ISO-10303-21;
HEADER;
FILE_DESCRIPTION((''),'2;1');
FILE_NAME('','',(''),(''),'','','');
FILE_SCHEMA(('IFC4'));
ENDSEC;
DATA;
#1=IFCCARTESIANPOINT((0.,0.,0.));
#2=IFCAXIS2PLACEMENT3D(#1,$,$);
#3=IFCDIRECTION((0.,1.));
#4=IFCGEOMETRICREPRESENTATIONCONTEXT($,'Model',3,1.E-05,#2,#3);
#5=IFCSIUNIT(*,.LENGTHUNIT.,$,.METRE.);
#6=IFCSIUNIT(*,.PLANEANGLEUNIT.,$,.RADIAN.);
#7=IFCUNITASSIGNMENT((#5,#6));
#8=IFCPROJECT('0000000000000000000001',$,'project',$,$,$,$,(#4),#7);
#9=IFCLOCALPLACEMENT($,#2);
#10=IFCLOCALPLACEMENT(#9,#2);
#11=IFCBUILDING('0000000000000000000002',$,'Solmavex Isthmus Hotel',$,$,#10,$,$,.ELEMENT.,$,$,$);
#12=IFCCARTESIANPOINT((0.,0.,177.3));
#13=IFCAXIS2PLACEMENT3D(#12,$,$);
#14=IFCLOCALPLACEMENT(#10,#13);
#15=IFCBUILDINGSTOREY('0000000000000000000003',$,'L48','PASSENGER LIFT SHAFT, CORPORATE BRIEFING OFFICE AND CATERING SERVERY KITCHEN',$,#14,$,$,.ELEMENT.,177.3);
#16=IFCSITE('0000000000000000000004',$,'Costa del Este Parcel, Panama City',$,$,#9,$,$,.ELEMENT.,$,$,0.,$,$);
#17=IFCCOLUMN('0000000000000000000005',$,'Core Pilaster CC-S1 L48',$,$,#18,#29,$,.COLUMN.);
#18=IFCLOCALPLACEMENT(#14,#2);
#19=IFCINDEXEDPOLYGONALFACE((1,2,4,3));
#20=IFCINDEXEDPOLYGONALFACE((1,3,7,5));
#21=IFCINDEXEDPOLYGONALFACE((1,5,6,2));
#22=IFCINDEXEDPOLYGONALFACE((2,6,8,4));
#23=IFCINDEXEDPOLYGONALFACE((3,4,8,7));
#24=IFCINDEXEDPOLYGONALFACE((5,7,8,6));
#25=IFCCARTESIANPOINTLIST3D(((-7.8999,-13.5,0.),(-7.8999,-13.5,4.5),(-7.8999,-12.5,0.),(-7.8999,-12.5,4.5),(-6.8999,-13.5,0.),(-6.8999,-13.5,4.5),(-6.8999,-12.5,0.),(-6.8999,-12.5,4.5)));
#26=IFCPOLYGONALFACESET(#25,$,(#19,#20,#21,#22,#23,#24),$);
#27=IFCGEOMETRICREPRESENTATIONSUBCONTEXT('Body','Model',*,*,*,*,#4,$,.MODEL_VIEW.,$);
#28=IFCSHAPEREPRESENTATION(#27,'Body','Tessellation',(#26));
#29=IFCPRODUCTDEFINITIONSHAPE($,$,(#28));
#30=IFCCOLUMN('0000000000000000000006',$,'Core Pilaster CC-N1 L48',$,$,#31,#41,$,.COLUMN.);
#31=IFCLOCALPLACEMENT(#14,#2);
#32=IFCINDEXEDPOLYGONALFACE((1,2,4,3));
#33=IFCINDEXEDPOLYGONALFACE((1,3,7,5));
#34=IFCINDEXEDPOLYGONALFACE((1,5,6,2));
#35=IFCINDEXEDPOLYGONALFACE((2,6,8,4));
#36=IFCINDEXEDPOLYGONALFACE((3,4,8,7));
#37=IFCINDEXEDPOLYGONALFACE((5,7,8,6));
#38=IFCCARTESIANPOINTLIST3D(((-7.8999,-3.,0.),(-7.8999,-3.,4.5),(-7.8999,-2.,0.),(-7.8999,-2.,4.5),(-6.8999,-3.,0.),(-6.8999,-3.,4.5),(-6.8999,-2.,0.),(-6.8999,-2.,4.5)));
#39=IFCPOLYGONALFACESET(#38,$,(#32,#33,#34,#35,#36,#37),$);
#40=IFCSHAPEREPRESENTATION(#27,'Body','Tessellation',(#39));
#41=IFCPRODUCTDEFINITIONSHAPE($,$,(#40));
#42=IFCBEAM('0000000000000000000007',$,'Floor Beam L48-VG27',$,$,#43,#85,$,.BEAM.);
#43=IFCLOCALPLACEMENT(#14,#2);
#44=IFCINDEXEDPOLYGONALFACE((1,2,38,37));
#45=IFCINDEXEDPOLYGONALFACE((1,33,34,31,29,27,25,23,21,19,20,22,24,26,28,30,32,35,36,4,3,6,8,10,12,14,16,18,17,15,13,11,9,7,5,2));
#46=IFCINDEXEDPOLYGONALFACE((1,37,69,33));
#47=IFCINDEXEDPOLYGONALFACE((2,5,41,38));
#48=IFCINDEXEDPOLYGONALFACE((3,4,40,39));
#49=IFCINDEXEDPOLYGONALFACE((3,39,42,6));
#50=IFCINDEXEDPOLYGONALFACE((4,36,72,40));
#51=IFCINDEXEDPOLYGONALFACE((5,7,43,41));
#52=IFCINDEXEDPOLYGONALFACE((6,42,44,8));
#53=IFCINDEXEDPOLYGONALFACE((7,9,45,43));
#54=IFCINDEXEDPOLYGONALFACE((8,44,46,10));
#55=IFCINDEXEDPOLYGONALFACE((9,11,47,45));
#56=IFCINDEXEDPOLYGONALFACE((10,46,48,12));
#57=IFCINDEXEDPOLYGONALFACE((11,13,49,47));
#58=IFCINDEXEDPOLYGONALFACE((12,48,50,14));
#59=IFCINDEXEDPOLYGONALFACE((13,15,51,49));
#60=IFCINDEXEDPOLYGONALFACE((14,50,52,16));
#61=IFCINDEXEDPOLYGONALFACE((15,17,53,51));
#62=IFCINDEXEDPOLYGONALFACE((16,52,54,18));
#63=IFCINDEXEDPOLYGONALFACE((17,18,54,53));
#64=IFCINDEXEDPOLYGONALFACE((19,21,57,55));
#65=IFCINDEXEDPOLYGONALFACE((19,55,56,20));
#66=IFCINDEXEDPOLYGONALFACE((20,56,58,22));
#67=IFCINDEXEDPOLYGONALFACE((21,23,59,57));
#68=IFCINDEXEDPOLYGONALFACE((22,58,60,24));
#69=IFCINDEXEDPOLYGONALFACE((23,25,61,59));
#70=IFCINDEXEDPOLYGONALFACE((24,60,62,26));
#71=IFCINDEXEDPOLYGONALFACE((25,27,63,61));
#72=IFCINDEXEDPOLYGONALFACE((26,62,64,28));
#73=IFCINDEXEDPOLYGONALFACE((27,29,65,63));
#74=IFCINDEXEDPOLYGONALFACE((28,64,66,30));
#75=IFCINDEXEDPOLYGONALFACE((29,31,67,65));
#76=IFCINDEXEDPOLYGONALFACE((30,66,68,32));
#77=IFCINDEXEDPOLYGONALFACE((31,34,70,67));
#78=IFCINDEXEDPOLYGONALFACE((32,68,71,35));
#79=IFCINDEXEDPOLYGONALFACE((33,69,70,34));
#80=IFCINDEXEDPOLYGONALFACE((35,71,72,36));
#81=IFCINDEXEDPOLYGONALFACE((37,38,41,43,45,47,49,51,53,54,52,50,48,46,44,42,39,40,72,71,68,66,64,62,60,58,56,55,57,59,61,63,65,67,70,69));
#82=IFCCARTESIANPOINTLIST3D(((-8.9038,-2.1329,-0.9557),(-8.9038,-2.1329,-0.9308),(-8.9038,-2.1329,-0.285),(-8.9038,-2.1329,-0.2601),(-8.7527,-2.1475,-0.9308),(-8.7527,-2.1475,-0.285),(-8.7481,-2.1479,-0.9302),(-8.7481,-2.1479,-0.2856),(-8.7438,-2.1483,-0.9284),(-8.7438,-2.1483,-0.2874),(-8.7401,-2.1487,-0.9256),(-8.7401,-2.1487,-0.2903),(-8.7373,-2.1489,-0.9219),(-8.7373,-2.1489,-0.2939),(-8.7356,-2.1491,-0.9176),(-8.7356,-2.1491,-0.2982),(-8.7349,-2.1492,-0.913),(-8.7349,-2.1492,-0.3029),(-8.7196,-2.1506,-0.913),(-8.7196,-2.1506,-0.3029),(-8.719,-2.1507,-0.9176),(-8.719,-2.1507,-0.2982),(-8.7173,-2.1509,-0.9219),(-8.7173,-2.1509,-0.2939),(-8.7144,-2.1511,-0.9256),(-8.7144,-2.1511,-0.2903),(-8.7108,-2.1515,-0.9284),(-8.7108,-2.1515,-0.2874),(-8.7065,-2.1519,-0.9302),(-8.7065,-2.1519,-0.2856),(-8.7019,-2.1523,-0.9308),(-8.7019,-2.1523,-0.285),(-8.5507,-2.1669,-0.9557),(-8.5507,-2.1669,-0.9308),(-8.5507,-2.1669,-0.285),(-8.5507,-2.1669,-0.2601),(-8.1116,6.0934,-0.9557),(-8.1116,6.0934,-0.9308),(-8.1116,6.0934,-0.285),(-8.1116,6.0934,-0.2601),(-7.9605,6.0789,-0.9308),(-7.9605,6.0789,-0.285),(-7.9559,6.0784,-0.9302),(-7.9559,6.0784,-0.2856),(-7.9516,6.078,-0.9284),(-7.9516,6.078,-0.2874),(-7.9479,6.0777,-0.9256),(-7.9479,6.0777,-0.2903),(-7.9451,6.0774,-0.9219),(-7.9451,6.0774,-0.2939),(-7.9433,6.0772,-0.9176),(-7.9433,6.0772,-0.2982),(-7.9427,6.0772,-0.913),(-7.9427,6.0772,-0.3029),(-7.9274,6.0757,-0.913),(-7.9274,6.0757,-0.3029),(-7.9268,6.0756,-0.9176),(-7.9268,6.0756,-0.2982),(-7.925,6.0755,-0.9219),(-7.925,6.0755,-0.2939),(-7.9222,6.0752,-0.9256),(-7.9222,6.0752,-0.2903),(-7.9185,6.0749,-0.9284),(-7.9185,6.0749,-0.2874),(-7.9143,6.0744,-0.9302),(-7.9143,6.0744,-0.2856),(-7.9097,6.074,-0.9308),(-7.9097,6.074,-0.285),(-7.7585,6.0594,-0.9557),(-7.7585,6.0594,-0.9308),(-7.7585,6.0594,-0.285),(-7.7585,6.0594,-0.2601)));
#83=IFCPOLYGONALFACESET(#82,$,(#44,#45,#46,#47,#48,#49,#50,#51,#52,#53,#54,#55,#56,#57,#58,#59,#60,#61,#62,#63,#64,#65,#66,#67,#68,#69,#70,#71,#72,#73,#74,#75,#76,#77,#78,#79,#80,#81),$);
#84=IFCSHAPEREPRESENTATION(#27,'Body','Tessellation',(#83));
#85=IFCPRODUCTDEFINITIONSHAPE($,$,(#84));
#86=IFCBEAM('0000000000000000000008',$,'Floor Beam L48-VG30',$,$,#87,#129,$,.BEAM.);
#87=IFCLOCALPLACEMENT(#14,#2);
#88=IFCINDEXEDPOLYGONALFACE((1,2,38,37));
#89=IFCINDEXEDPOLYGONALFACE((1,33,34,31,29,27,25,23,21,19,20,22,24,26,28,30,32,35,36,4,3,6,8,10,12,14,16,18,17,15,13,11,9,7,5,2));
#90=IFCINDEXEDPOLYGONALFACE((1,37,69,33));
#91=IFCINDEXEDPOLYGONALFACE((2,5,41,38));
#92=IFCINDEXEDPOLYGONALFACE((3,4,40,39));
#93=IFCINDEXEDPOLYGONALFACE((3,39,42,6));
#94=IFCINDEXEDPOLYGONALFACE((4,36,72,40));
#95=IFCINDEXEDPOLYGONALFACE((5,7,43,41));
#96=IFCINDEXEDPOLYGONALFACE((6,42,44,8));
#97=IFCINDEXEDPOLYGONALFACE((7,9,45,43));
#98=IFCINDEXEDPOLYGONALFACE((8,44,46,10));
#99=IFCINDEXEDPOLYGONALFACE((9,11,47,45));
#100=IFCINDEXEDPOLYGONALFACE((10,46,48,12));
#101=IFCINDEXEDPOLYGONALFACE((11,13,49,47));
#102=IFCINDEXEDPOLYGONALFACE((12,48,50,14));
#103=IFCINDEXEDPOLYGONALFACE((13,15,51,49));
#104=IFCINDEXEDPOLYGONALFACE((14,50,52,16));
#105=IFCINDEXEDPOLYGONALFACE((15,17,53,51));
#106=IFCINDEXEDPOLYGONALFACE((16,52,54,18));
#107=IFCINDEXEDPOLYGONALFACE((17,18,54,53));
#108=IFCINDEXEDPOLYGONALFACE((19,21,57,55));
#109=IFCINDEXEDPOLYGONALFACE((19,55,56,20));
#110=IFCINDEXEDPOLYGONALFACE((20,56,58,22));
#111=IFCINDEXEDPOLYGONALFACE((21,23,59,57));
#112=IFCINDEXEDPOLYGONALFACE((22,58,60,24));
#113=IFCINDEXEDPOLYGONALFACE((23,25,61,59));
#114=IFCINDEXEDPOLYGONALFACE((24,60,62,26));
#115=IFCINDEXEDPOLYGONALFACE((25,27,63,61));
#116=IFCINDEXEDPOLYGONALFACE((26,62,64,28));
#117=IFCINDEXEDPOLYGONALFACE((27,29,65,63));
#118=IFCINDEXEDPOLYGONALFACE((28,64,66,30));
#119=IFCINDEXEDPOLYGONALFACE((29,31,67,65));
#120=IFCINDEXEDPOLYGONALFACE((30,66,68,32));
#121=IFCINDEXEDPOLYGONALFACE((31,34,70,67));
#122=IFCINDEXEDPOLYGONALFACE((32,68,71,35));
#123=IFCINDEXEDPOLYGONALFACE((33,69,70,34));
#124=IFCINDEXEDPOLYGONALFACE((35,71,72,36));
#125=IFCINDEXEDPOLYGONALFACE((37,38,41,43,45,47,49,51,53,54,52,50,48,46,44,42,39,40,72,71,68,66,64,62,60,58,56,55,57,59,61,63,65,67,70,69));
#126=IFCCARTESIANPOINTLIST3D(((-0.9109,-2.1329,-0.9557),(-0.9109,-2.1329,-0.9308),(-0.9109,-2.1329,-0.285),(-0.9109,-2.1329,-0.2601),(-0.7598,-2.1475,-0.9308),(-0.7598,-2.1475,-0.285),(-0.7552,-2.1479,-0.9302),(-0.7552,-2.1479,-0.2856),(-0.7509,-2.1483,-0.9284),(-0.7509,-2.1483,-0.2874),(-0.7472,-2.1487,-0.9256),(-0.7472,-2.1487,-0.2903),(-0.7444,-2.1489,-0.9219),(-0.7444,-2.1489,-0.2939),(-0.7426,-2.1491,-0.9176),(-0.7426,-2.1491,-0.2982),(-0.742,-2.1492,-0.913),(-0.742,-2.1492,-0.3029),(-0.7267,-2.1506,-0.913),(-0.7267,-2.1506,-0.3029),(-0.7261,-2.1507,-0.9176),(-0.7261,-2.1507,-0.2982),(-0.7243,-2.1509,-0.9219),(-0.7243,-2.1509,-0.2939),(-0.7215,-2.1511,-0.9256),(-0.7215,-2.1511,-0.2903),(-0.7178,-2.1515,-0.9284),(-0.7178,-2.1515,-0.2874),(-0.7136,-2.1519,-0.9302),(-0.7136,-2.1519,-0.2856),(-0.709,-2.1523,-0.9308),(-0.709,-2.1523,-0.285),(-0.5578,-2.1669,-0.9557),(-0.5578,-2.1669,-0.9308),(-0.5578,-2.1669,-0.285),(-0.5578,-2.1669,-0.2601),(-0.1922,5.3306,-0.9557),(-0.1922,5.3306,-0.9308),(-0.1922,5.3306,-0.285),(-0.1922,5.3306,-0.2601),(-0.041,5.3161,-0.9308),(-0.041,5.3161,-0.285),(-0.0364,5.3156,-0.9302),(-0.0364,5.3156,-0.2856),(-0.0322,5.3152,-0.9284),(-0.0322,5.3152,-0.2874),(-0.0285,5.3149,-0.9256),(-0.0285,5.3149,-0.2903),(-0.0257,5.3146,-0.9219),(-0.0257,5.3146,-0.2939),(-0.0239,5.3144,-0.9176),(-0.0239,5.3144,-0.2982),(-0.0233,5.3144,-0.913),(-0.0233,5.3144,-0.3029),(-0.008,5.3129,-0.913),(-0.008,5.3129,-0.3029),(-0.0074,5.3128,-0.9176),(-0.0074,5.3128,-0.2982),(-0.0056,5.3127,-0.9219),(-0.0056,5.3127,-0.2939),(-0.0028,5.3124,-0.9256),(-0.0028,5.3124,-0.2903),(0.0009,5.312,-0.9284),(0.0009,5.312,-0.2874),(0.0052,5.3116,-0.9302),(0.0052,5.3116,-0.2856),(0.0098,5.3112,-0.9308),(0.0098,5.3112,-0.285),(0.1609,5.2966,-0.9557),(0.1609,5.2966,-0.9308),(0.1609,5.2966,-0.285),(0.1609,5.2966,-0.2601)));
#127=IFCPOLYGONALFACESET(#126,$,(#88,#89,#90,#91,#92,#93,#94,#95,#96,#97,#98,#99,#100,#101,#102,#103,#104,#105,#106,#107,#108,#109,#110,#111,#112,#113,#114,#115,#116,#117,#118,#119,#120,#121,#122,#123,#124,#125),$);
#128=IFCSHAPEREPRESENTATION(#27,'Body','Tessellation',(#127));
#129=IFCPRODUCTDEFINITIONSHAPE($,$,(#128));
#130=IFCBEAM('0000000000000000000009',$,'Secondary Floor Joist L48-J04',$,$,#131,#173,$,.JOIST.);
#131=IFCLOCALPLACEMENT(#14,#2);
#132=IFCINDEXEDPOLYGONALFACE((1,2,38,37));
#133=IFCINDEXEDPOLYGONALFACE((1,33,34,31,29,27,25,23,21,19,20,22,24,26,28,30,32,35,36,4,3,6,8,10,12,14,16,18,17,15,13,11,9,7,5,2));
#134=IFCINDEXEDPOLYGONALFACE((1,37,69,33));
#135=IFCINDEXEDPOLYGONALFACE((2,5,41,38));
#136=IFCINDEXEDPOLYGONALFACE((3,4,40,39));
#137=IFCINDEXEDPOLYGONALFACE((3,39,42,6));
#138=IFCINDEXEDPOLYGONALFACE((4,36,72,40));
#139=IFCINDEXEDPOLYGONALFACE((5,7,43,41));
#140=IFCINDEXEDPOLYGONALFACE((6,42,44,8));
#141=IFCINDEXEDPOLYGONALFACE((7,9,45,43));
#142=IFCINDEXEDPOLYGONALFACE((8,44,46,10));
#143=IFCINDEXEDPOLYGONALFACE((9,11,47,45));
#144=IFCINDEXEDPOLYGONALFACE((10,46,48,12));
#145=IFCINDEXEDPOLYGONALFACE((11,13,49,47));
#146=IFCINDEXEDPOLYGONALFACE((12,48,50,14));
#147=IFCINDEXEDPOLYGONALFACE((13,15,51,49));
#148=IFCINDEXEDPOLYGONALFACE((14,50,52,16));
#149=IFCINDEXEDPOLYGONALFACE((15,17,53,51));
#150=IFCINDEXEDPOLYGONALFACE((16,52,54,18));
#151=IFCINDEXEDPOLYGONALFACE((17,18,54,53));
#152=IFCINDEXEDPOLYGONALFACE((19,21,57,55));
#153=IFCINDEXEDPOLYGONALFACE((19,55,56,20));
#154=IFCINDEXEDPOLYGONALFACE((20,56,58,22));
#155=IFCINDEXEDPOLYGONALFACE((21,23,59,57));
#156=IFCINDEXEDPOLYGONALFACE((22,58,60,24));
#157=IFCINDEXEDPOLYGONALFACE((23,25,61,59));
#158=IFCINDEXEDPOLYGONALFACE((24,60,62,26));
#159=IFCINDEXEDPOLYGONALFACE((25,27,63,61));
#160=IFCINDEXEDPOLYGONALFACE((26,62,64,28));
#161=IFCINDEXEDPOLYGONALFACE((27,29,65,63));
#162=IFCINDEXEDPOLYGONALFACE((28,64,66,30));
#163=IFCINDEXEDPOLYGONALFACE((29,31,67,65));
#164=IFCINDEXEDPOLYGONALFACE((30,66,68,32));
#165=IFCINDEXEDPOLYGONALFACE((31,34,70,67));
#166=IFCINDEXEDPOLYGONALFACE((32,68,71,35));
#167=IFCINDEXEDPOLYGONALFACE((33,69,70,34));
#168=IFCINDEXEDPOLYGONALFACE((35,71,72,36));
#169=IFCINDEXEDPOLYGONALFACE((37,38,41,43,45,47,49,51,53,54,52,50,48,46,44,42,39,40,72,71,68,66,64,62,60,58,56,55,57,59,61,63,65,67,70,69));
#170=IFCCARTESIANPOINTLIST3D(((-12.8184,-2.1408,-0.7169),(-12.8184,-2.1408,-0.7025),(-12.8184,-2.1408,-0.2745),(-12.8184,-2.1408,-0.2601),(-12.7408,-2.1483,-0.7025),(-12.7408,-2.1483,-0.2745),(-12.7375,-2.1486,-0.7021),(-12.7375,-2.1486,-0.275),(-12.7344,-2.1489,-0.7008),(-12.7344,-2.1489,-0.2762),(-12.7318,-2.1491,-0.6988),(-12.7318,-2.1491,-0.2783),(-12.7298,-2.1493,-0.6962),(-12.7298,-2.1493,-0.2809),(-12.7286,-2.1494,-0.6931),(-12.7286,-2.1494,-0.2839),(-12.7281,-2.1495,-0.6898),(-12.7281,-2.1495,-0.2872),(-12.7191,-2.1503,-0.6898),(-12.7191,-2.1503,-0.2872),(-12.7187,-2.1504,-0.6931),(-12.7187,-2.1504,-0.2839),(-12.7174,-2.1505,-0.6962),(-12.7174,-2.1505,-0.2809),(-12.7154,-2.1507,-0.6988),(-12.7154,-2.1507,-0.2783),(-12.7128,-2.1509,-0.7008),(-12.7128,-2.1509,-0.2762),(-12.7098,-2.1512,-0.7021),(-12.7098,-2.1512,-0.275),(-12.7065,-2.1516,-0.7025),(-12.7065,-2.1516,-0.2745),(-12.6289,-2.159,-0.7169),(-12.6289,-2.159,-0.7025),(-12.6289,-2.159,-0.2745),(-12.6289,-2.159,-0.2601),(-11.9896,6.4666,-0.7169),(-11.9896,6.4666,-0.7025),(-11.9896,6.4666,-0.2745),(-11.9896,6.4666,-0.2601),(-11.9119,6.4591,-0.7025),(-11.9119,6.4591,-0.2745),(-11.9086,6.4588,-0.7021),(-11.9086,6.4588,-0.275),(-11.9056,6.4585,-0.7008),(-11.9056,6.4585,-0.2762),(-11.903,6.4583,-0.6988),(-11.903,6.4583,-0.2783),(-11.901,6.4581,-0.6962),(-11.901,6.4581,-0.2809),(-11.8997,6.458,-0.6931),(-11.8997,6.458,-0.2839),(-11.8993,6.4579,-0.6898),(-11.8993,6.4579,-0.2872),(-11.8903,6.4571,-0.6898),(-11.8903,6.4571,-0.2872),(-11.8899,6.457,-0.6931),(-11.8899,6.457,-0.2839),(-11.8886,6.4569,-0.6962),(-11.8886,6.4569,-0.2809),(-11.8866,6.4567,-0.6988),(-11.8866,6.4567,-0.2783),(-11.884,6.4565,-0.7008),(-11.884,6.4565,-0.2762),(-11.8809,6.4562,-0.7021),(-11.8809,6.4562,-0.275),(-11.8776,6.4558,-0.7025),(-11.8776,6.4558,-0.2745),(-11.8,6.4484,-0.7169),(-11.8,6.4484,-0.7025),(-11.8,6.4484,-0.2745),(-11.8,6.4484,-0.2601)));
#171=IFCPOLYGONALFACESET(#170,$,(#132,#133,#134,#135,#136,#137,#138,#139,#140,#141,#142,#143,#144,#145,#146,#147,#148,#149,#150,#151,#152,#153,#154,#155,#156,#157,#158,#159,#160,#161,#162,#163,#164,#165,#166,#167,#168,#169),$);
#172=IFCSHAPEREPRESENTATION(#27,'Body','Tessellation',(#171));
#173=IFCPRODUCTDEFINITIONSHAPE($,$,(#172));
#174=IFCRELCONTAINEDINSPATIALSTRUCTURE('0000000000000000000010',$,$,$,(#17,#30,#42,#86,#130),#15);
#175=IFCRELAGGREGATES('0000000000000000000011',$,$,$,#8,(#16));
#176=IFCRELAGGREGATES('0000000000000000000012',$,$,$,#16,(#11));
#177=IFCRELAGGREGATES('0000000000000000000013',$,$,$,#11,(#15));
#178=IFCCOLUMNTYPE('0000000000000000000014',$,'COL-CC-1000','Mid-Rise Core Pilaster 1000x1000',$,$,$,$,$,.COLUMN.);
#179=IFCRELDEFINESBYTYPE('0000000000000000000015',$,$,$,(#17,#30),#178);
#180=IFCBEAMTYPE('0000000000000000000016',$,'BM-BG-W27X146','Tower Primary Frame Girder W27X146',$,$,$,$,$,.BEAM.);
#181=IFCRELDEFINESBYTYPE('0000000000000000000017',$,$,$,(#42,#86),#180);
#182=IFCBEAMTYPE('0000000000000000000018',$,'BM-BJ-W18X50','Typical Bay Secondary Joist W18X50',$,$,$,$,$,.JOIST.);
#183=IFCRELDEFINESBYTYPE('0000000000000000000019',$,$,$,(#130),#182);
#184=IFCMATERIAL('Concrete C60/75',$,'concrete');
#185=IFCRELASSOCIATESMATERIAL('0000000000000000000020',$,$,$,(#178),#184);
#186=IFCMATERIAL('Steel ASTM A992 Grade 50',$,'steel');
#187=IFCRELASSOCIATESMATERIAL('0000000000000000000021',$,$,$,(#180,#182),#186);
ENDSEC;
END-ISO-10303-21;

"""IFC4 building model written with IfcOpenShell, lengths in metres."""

from ifc_helpers import new_model, si_unit, direction, frame, origin, origin_2d, place, context, subcontext, project, spatial, rectangle, i_section, extrude, material, material_profile, profile_set, type_object, element, save


model = new_model("IFC4")

# Units and contexts
model_context = context("Model", 3, precision=1e-05, world=origin(), true_north=direction((0.0, 1.0)))
body_context = subcontext(model_context, "Body", "Model", "MODEL_VIEW")
ifc_project = project(units=[si_unit("LENGTHUNIT", "METRE"), si_unit("PLANEANGLEUNIT", "RADIAN")], contexts=[model_context])

# Site, building, storey
site_placement = place(None, origin())
site = spatial("IfcSite", under=ifc_project, at=site_placement, Name="Costa del Este Parcel, Panama City", CompositionType="ELEMENT", RefElevation=0.0)
building_placement = place(site_placement, origin())
building = spatial("IfcBuilding", under=site, at=building_placement, Name="Solmavex Isthmus Hotel", CompositionType="ELEMENT")
storey_placement = place(building_placement, frame((0.0, 0.0, 177.3)))
storey = spatial("IfcBuildingStorey", under=building, at=storey_placement, Name="L48", Description="PASSENGER LIFT SHAFT, CORPORATE BRIEFING OFFICE AND CATERING SERVERY KITCHEN", CompositionType="ELEMENT", Elevation=177.3)

# Columns
ifc_material_1 = material(Name="Concrete C60/75", Category="concrete")
ifc_material_profile_1 = material_profile(ifc_material_1, rectangle(XDim=1.0, YDim=1.0, at=origin_2d()), Name="RC1000X1000")
ifc_profile_set_1 = profile_set([ifc_material_profile_1], Name="Concrete C60/75")
column_type = type_object("IfcColumnType", Name="COL-CC-1000", Description="Mid-Rise Core Pilaster 1000x1000", PredefinedType="COLUMN", material=ifc_profile_set_1)
for number, where, z_axis, x_axis, name in (
    (1, (-7.3999, -13.0, 0.0), (0.0, 0.0, 1.0), (1.0, 0.0, 0.0), "Core Pilaster CC-S1 L48"),
    (2, (-7.3999, -2.5, 0.0), (0.0, 0.0, 1.0), (1.0, 0.0, 0.0), "Core Pilaster CC-N1 L48"),
):
    element("IfcColumn", number, at=place(storey_placement, frame(where, z_axis=z_axis, x_axis=x_axis)), inside=storey, type_object=column_type, Name=name, PredefinedType="COLUMN", context=body_context, shape_type="SweptSolid", body=[
        extrude(rectangle(XDim=1.0, YDim=1.0, at=origin_2d()), origin(), (0.0, 0.0, 1.0), 4.5),
    ])

# Beams
ifc_material_2 = material(Name="Steel ASTM A992 Grade 50", Category="steel")
ifc_material_profile_2 = material_profile(ifc_material_2, i_section(OverallWidth=0.3547, OverallDepth=0.6956, WebThickness=0.0154, FlangeThickness=0.0249, FilletRadius=0.0178, at=origin_2d()), Name="W27X146")
ifc_profile_set_2 = profile_set([ifc_material_profile_2], Name="Steel ASTM A992 Grade 50")
beam_type_1 = type_object("IfcBeamType", Name="BM-BG-W27X146", Description="Tower Primary Frame Girder W27X146", PredefinedType="BEAM", material=ifc_profile_set_2)
beam_1_placement = place(storey_placement, frame((-8.7273, -2.1499, -0.6079), z_axis=(0.095862, 0.995395, 0.0), x_axis=(-0.995395, 0.095862, 0.0)))
element("IfcBeam", 3, at=beam_1_placement, inside=storey, type_object=beam_type_1, Name="Floor Beam L48-VG27", PredefinedType="BEAM", context=body_context, shape_type="SweptSolid", body=[
    extrude(i_section(OverallWidth=0.3547, OverallDepth=0.6956, WebThickness=0.0154, FlangeThickness=0.0249, FilletRadius=0.0178, at=origin_2d()), origin(), (0.0, 0.0, 1.0), 8.2644),
])
beam_2_placement = place(storey_placement, frame((-0.7344, -2.1499, -0.6079), z_axis=(0.095857, 0.995395, 0.0), x_axis=(-0.995395, 0.095857, 0.0)))
element("IfcBeam", 4, at=beam_2_placement, inside=storey, type_object=beam_type_1, Name="Floor Beam L48-VG30", PredefinedType="BEAM", context=body_context, shape_type="SweptSolid", body=[
    extrude(i_section(OverallWidth=0.3547, OverallDepth=0.6956, WebThickness=0.0154, FlangeThickness=0.0249, FilletRadius=0.0178, at=origin_2d()), origin(), (0.0, 0.0, 1.0), 7.498),
])
ifc_material_profile_3 = material_profile(ifc_material_2, i_section(OverallWidth=0.1904, OverallDepth=0.4568, WebThickness=0.009, FlangeThickness=0.0144, FilletRadius=0.0127, at=origin_2d()), Name="W18X50")
ifc_profile_set_3 = profile_set([ifc_material_profile_3], Name="Steel ASTM A992 Grade 50")
beam_type_2 = type_object("IfcBeamType", Name="BM-BJ-W18X50", Description="Typical Bay Secondary Joist W18X50", PredefinedType="JOIST", material=ifc_profile_set_3)
beam_3_placement = place(storey_placement, frame((-12.7236, -2.1499, -0.4885), z_axis=(0.095852, 0.995396, 0.0), x_axis=(-0.995396, 0.095852, 0.0)))
element("IfcBeam", 5, at=beam_3_placement, inside=storey, type_object=beam_type_2, Name="Secondary Floor Joist L48-J04", PredefinedType="JOIST", context=body_context, shape_type="SweptSolid", body=[
    extrude(i_section(OverallWidth=0.1904, OverallDepth=0.4568, WebThickness=0.009, FlangeThickness=0.0144, FilletRadius=0.0127, at=origin_2d()), origin(), (0.0, 0.0, 1.0), 8.6472),
])

save(model, "model.ifc")
